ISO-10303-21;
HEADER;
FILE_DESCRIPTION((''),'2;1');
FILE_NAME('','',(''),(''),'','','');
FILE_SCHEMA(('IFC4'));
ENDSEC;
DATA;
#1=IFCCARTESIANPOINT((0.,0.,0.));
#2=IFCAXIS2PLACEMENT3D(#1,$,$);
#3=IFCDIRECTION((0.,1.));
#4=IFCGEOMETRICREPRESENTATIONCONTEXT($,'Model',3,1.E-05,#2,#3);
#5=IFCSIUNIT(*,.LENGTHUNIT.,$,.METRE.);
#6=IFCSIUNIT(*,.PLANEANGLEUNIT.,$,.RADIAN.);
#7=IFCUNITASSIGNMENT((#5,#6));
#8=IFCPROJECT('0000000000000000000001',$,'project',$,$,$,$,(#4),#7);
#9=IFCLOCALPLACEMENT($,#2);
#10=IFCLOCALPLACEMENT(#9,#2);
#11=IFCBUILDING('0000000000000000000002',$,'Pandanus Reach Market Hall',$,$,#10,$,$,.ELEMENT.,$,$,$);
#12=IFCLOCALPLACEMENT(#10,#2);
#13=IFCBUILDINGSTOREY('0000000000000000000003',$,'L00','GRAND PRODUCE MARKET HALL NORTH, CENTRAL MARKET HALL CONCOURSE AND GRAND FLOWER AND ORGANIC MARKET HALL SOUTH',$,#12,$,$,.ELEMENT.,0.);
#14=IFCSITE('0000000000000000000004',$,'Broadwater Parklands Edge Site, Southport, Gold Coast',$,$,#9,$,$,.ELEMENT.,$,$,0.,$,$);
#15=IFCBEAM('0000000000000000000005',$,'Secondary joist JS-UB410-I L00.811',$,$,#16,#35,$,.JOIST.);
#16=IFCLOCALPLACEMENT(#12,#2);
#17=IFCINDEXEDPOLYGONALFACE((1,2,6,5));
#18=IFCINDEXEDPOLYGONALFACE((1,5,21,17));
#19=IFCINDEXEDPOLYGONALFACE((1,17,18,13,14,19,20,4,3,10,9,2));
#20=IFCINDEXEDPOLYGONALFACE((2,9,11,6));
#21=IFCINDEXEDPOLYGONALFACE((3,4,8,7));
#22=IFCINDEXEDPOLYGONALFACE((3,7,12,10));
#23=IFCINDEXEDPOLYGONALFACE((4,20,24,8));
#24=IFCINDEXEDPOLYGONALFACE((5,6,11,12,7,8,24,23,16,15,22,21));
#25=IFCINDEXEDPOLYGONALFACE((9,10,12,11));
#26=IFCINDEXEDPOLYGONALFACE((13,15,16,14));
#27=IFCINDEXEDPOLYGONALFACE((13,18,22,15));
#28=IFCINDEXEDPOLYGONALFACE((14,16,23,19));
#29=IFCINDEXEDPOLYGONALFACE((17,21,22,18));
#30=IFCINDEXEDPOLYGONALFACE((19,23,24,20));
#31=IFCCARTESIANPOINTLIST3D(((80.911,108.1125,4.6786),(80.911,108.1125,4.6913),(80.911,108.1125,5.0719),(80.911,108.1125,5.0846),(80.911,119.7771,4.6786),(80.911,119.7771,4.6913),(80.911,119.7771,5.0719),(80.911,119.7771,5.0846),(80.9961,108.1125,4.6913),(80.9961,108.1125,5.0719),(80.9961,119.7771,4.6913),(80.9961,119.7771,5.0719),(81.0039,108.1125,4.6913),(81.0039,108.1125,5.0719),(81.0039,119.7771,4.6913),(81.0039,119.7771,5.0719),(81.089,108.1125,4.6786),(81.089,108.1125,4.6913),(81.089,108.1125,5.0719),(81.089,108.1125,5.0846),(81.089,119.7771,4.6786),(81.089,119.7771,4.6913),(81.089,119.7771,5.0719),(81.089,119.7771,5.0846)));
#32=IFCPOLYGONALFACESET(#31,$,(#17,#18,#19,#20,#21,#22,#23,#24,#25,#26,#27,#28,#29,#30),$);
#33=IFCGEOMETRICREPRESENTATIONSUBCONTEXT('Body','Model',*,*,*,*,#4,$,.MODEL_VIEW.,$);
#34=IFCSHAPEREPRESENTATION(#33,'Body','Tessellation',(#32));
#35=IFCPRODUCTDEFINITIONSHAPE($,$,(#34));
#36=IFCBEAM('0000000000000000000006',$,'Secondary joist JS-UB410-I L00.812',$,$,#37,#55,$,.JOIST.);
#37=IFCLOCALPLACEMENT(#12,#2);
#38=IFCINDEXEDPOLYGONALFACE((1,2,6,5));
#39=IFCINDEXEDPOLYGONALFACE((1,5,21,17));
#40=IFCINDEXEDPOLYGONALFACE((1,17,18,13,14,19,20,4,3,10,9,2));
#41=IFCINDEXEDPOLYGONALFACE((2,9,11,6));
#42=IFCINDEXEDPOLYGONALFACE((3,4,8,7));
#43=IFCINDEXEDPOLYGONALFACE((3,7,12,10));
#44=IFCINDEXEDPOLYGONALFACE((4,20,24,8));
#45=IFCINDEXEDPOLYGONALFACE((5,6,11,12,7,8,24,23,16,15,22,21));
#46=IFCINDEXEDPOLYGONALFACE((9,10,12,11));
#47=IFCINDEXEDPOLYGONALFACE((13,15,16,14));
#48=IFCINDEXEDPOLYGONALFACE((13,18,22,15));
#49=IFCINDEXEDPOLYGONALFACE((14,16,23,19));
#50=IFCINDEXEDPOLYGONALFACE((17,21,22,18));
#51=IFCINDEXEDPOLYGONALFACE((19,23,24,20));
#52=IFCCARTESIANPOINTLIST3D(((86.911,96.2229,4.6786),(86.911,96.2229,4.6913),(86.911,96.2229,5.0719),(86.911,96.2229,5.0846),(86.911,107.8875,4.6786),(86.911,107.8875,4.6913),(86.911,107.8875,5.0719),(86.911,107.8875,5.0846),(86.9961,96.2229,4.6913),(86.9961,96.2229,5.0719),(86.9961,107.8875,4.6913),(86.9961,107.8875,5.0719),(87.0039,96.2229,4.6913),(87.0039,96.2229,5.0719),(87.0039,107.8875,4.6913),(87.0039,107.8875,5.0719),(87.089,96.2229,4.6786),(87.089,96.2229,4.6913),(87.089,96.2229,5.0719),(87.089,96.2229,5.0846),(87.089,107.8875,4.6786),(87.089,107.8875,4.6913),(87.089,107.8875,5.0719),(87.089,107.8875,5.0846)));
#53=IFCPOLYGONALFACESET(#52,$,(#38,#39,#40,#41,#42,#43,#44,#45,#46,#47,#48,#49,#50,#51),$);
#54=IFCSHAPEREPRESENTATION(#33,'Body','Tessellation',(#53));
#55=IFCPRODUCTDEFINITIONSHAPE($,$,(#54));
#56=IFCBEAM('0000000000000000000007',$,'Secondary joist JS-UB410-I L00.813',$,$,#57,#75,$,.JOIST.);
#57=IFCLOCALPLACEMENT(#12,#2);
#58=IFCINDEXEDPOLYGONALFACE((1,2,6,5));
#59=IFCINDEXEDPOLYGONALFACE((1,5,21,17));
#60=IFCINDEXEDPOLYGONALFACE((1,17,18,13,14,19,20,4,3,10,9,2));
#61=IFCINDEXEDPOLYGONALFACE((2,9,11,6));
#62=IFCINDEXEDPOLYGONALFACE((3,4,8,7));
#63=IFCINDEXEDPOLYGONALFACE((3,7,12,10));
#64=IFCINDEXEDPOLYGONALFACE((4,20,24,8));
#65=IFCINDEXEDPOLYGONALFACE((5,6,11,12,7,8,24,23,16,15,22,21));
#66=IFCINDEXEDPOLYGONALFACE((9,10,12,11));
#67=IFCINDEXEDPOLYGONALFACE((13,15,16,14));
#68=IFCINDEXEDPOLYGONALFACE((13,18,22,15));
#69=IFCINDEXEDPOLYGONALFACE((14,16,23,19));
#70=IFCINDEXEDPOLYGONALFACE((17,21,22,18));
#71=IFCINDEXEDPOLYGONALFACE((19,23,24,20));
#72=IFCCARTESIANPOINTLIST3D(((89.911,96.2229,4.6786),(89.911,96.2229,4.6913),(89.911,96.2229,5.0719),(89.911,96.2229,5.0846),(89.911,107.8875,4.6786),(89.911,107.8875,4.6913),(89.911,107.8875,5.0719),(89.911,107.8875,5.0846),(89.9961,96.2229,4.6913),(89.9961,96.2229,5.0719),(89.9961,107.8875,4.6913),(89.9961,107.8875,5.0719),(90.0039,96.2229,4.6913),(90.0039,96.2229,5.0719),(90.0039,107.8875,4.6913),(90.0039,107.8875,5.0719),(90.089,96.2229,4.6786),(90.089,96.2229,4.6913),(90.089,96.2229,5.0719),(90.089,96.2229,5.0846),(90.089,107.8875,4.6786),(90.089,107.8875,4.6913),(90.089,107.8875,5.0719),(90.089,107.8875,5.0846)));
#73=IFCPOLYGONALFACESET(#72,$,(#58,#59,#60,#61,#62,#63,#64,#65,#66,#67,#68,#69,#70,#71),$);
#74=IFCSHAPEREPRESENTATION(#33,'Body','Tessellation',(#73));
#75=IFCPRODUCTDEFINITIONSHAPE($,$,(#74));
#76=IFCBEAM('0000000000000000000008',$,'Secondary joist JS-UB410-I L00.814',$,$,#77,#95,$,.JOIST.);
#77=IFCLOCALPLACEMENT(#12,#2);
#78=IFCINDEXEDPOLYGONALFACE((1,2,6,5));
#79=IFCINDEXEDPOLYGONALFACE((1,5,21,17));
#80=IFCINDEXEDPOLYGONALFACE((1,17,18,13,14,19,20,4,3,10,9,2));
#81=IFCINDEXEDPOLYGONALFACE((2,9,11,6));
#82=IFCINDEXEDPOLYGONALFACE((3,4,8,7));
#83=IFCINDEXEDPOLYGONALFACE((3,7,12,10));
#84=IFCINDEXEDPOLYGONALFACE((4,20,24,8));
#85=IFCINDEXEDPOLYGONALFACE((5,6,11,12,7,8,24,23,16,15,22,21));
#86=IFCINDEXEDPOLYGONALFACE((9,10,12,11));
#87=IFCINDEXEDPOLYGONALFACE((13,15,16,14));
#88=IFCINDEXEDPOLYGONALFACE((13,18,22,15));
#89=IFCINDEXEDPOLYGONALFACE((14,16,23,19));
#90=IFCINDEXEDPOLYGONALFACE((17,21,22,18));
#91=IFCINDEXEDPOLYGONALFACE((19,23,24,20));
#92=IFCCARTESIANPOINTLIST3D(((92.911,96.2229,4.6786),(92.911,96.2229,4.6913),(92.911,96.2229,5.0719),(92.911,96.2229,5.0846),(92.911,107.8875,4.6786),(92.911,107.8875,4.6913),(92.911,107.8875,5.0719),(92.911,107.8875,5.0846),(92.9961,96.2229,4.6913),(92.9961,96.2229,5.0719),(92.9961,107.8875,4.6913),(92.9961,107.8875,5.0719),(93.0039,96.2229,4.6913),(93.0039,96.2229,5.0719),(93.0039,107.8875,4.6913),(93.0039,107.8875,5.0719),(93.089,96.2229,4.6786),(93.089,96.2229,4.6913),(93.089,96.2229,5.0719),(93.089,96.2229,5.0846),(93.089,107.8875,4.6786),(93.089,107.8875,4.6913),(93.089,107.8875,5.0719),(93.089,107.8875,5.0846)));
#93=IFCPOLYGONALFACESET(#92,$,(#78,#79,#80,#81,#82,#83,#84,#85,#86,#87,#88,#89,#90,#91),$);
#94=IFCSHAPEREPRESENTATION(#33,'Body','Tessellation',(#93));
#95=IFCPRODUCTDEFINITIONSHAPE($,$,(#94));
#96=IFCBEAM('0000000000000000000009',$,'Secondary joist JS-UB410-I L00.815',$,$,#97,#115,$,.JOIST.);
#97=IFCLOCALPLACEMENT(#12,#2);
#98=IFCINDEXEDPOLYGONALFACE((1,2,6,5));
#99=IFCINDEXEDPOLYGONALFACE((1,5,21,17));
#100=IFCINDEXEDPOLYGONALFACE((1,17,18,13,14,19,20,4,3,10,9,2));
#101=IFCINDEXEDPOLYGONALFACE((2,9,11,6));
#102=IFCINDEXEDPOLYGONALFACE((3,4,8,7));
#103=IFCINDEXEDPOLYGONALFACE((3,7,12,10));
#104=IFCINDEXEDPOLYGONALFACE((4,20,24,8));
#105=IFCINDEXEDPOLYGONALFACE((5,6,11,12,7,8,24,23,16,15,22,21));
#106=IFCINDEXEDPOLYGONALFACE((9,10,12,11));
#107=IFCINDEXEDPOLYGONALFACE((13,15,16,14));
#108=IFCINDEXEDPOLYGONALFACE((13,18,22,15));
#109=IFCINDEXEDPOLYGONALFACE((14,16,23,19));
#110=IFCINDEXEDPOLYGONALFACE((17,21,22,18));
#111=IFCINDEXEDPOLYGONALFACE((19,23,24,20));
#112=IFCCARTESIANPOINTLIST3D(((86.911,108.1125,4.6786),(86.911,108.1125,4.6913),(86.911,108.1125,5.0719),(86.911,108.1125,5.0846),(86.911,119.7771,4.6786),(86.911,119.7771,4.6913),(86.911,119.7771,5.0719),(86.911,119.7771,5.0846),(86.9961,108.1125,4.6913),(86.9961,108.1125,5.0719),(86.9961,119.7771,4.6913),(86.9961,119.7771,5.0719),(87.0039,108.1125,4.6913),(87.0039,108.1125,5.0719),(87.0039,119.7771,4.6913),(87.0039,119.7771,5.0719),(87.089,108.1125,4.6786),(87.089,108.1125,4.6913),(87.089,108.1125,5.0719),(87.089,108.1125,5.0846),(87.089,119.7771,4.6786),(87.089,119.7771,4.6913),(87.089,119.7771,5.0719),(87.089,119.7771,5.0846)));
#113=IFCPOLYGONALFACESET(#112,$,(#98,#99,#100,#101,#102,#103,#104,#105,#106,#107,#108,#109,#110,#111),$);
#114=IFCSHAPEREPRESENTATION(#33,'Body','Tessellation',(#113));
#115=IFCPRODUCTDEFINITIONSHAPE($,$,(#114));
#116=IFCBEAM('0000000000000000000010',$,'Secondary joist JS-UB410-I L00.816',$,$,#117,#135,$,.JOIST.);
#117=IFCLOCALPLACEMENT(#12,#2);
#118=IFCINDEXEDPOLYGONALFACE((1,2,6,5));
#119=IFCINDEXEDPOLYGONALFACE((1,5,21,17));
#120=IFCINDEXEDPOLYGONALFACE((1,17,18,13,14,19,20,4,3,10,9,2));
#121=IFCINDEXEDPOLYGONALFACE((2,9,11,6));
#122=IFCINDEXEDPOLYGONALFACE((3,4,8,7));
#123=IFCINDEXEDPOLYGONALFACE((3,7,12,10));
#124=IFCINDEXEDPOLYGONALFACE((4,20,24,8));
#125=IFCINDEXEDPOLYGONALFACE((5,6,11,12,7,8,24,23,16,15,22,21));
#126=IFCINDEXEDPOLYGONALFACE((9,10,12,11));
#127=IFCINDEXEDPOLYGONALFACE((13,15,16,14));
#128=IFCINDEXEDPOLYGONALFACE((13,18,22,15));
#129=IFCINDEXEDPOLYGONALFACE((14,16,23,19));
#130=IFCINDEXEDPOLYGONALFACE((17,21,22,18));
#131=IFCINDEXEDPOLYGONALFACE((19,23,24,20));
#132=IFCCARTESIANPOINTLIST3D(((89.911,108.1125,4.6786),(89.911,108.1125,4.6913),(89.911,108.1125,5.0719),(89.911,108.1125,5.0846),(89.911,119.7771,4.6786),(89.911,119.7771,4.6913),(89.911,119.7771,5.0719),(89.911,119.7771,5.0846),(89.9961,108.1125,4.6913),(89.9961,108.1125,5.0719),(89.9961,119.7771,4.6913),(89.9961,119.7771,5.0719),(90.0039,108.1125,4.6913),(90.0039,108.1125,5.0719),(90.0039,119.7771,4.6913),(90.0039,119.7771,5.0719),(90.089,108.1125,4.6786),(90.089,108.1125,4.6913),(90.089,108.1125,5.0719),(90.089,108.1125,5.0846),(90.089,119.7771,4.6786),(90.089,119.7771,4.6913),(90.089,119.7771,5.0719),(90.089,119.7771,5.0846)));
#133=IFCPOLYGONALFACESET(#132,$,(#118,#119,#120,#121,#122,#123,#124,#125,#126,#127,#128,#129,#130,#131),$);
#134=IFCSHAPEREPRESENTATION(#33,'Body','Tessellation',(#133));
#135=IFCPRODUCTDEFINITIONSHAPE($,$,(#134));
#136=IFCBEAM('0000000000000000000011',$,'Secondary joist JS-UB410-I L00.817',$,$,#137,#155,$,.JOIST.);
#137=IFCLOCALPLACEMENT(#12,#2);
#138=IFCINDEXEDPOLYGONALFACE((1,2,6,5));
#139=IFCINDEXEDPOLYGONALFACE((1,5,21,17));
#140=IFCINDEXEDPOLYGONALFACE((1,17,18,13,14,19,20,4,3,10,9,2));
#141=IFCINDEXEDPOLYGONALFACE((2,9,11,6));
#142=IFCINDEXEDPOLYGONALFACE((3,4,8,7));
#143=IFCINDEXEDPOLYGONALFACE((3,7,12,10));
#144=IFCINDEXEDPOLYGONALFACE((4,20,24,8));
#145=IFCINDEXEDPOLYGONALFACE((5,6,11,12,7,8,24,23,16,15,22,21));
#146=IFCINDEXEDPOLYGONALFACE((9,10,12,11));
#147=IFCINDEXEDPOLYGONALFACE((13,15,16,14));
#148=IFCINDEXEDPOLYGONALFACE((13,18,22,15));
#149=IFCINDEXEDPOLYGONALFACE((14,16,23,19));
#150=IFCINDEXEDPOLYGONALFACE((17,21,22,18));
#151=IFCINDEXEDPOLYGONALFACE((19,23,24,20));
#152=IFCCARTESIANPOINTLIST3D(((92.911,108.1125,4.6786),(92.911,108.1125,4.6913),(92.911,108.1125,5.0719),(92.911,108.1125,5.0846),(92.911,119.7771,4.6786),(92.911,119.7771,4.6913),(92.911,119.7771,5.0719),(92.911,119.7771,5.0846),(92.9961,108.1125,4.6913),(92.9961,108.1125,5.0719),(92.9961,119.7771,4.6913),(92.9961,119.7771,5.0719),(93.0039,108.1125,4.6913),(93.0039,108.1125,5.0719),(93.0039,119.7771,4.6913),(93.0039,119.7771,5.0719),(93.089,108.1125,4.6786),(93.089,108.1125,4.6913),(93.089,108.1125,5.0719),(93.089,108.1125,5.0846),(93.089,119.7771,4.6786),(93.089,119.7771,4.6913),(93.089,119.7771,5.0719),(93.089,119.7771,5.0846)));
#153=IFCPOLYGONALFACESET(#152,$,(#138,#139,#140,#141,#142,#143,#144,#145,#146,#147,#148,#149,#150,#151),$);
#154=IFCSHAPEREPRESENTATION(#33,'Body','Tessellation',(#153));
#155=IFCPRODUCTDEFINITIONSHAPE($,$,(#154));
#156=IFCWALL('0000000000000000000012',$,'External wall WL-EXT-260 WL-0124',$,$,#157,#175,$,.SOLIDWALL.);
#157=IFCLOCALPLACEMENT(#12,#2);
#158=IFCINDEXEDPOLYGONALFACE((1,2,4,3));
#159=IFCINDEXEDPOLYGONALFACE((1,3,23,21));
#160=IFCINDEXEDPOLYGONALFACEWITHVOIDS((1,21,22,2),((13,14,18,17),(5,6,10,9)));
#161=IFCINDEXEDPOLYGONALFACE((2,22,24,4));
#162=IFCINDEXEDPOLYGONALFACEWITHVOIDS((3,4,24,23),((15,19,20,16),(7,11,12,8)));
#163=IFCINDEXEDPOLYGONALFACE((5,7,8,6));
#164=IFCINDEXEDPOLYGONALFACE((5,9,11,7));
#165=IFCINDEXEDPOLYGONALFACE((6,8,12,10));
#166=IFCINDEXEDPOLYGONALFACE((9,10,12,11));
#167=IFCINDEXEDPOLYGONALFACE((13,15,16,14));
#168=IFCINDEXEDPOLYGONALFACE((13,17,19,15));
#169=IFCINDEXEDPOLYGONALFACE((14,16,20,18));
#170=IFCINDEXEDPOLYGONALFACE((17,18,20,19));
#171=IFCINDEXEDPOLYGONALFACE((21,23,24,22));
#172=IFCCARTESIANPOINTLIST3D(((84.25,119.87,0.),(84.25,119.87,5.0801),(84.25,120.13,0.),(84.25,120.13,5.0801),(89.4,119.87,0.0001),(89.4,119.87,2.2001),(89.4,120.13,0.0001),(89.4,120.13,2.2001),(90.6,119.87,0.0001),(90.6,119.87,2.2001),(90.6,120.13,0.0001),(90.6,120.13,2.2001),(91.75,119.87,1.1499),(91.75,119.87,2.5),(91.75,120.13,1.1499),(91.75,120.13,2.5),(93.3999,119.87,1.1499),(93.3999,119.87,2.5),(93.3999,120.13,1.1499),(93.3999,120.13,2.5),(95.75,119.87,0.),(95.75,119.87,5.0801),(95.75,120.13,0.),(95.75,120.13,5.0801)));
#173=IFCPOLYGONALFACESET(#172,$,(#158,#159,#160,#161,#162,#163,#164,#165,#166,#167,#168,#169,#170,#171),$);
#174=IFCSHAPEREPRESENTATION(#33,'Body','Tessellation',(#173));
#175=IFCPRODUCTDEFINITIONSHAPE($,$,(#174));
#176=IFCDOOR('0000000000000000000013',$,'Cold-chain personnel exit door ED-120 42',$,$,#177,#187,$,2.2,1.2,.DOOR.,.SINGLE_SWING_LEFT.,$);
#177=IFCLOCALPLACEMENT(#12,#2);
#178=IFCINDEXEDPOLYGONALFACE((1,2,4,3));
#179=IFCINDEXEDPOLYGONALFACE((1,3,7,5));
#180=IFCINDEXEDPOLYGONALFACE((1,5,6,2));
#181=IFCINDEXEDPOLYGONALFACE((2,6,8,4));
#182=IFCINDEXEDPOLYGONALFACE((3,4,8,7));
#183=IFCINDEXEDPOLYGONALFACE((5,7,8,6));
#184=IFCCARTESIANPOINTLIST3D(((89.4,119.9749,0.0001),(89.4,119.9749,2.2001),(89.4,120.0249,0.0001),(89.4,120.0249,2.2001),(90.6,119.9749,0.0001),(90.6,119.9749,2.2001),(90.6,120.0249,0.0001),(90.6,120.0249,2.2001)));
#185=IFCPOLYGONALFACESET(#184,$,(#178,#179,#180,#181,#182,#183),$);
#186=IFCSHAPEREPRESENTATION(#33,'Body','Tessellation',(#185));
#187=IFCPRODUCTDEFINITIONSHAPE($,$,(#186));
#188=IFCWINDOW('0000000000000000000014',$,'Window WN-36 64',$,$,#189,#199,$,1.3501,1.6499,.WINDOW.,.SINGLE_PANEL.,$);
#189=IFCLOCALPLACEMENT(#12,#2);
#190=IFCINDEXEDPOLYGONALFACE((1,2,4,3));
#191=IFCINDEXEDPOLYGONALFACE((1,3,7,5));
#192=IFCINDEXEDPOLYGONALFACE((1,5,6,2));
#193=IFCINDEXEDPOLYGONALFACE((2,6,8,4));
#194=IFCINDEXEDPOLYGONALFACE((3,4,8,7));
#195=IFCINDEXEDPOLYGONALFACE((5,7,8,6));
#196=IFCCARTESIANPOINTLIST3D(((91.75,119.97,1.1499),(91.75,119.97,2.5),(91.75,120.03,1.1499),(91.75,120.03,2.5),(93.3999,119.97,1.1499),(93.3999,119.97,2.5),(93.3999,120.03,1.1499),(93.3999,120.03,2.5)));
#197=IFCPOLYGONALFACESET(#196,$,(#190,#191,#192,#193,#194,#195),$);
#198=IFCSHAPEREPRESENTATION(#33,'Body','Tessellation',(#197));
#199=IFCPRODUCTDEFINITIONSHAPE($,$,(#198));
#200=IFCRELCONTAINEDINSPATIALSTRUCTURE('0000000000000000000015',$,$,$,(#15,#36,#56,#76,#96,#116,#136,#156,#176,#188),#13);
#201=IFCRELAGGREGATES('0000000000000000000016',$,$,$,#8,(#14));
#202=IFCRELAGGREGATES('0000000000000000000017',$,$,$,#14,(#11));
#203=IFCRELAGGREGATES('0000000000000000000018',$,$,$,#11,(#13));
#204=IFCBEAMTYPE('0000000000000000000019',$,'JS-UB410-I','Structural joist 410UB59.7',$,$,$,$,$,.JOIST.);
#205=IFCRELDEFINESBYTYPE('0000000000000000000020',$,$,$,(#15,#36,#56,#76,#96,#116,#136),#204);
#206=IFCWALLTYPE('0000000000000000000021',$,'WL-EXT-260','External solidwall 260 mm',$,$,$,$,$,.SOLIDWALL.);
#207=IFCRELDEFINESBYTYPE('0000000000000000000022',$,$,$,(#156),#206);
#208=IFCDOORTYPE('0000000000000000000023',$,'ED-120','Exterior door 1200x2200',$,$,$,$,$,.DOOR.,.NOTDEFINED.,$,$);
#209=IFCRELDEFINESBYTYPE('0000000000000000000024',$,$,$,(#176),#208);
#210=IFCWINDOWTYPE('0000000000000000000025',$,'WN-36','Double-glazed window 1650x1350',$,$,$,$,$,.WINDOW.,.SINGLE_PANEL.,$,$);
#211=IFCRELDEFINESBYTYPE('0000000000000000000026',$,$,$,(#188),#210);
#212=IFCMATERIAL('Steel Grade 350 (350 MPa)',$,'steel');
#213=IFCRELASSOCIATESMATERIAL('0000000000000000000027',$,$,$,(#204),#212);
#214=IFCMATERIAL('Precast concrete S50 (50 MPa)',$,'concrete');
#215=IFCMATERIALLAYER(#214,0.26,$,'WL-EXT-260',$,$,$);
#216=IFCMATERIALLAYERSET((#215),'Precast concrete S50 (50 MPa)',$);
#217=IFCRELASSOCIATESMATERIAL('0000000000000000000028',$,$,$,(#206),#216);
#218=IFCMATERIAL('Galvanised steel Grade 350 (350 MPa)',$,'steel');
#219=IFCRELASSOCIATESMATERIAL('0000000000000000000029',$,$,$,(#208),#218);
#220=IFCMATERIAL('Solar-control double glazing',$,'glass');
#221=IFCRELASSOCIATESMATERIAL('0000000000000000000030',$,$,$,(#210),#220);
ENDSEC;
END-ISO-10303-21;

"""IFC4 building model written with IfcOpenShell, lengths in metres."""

from ifc_helpers import new_model, si_unit, direction, frame, frame_2d, origin, origin_2d, place, context, subcontext, project, spatial, rectangle, i_section, extrude, material, layer, layer_set, material_profile, profile_set, type_object, element, fill, save


model = new_model("IFC4")

# Units and contexts
model_context = context("Model", 3, precision=1e-05, world=origin(), true_north=direction((0.0, 1.0)))
body_context = subcontext(model_context, "Body", "Model", "MODEL_VIEW")
ifc_project = project(units=[si_unit("LENGTHUNIT", "METRE"), si_unit("PLANEANGLEUNIT", "RADIAN")], contexts=[model_context])

# Site, building, storey
site_placement = place(None, origin())
site = spatial("IfcSite", under=ifc_project, at=site_placement, Name="Broadwater Parklands Edge Site, Southport, Gold Coast", CompositionType="ELEMENT", RefElevation=0.0)
building_placement = place(site_placement, origin())
building = spatial("IfcBuilding", under=site, at=building_placement, Name="Pandanus Reach Market Hall", CompositionType="ELEMENT")
storey_placement = place(building_placement, origin())
storey = spatial("IfcBuildingStorey", under=building, at=storey_placement, Name="L00", Description="GRAND PRODUCE MARKET HALL NORTH, CENTRAL MARKET HALL CONCOURSE AND GRAND FLOWER AND ORGANIC MARKET HALL SOUTH", CompositionType="ELEMENT", Elevation=0.0)

# Beams
ifc_material_1 = material(Name="Steel Grade 350 (350 MPa)", Category="steel")
ifc_material_profile_1 = material_profile(ifc_material_1, i_section(OverallWidth=0.178, OverallDepth=0.406, WebThickness=0.0078, FlangeThickness=0.0127, at=origin_2d()), Name="410UB59.7", Category="LoadBearing")
ifc_profile_set_1 = profile_set([ifc_material_profile_1], Name="Steel Grade 350 (350 MPa)")
beam_type_1 = type_object("IfcBeamType", Name="JS-UB410-I", Description="Structural joist 410UB59.7", PredefinedType="JOIST", material=ifc_profile_set_1)
for number, where, z_axis, x_axis, name in (
    (1, (81.0, 108.1125, 4.8816), (0.0, 1.0, 0.0), (-1.0, 0.0, 0.0), "Secondary joist JS-UB410-I L00.811"),
    (2, (87.0, 96.2229, 4.8816), (0.0, 1.0, 0.0), (-1.0, 0.0, 0.0), "Secondary joist JS-UB410-I L00.812"),
    (3, (90.0, 96.2229, 4.8816), (0.0, 1.0, 0.0), (-1.0, 0.0, 0.0), "Secondary joist JS-UB410-I L00.813"),
    (4, (93.0, 96.2229, 4.8816), (0.0, 1.0, 0.0), (-1.0, 0.0, 0.0), "Secondary joist JS-UB410-I L00.814"),
    (5, (87.0, 108.1125, 4.8816), (0.0, 1.0, 0.0), (-1.0, 0.0, 0.0), "Secondary joist JS-UB410-I L00.815"),
    (6, (90.0, 108.1125, 4.8816), (0.0, 1.0, 0.0), (-1.0, 0.0, 0.0), "Secondary joist JS-UB410-I L00.816"),
    (7, (93.0, 108.1125, 4.8816), (0.0, 1.0, 0.0), (-1.0, 0.0, 0.0), "Secondary joist JS-UB410-I L00.817"),
):
    element("IfcBeam", number, at=place(storey_placement, frame(where, z_axis=z_axis, x_axis=x_axis)), inside=storey, type_object=beam_type_1, Name=name, PredefinedType="JOIST", context=body_context, shape_type="SweptSolid", body=[
        extrude(i_section(OverallWidth=0.178, OverallDepth=0.406, WebThickness=0.0078, FlangeThickness=0.0127, at=origin_2d()), origin(), (0.0, 0.0, 1.0), 11.6646),
    ])

# Wall, openings, door, window
ifc_material_2 = material(Name="Precast concrete S50 (50 MPa)", Category="concrete")
ifc_layer = layer(ifc_material_2, 0.26, Name="WL-EXT-260")
ifc_layer_set = layer_set([ifc_layer], Name="Precast concrete S50 (50 MPa)")
wall_type = type_object("IfcWallType", Name="WL-EXT-260", Description="External solidwall 260 mm", PredefinedType="SOLIDWALL", material=ifc_layer_set)
wall_placement = place(storey_placement, frame((84.25, 120.0, 0.0), z_axis=(0.0, 0.0, 1.0), x_axis=(1.0, 0.0, 0.0)))
wall = element("IfcWall", 8, at=wall_placement, inside=storey, type_object=wall_type, Name="External wall WL-EXT-260 WL-0124", PredefinedType="SOLIDWALL", context=body_context, shape_type="SweptSolid", body=[
    extrude(rectangle(XDim=11.5, YDim=0.26, at=frame_2d((5.75, 0.0))), origin(), (0.0, 0.0, 1.0), 5.0801),
])
opening_1_placement = place(wall_placement, frame((5.1499, 0.0, 0.0)))
opening_1 = element("IfcOpeningElement", 9, at=opening_1_placement, cuts=wall, PredefinedType="OPENING", context=body_context, shape_type="SweptSolid", body=[
    extrude(rectangle(XDim=1.2, YDim=2.2, at=frame_2d((0.6001, 1.1001))), frame((0.0, 0.145, 0.0), z_axis=(0.0, -1.0, 0.0), x_axis=(1.0, 0.0, 0.0)), (0.0, 0.0, 1.0), 0.29),
])
opening_2_placement = place(wall_placement, frame((7.5, 0.0, 1.1499)))
opening_2 = element("IfcOpeningElement", 10, at=opening_2_placement, cuts=wall, PredefinedType="OPENING", context=body_context, shape_type="SweptSolid", body=[
    extrude(rectangle(XDim=1.6499, YDim=1.3501, at=frame_2d((0.825, 0.675))), frame((0.0, 0.145, 0.0), z_axis=(0.0, -1.0, 0.0), x_axis=(1.0, 0.0, 0.0)), (0.0, 0.0, 1.0), 0.29),
])
ifc_material_3 = material(Name="Galvanised steel Grade 350 (350 MPa)", Category="steel")
door_type = type_object("IfcDoorType", Name="ED-120", Description="Exterior door 1200x2200", OperationType="NOTDEFINED", PredefinedType="DOOR", material=ifc_material_3)
door_placement = place(opening_1_placement, origin())
door = element("IfcDoor", 11, at=door_placement, inside=storey, type_object=door_type, Name="Cold-chain personnel exit door ED-120 42", OperationType="SINGLE_SWING_LEFT", OverallHeight=2.2, OverallWidth=1.2, PredefinedType="DOOR", context=body_context, shape_type="SweptSolid", body=[
    extrude(rectangle(XDim=1.2, YDim=2.2, at=frame_2d((0.6001, 1.1001))), frame((0.0, 0.0249, 0.0), z_axis=(0.0, -1.0, 0.0), x_axis=(1.0, 0.0, 0.0)), (0.0, 0.0, 1.0), 0.05),
])
fill(opening_1, door)
ifc_material_4 = material(Name="Solar-control double glazing", Category="glass")
window_type = type_object("IfcWindowType", Name="WN-36", Description="Double-glazed window 1650x1350", PartitioningType="SINGLE_PANEL", PredefinedType="WINDOW", material=ifc_material_4)
window_placement = place(opening_2_placement, origin())
window = element("IfcWindow", 12, at=window_placement, inside=storey, type_object=window_type, Name="Window WN-36 64", OverallHeight=1.3501, OverallWidth=1.6499, PartitioningType="SINGLE_PANEL", PredefinedType="WINDOW", context=body_context, shape_type="SweptSolid", body=[
    extrude(rectangle(XDim=1.6499, YDim=1.3501, at=frame_2d((0.825, 0.675))), frame((0.0, 0.03, 0.0), z_axis=(0.0, -1.0, 0.0), x_axis=(1.0, 0.0, 0.0)), (0.0, 0.0, 1.0), 0.0601),
])
fill(opening_2, window)

save(model, "model.ifc")
